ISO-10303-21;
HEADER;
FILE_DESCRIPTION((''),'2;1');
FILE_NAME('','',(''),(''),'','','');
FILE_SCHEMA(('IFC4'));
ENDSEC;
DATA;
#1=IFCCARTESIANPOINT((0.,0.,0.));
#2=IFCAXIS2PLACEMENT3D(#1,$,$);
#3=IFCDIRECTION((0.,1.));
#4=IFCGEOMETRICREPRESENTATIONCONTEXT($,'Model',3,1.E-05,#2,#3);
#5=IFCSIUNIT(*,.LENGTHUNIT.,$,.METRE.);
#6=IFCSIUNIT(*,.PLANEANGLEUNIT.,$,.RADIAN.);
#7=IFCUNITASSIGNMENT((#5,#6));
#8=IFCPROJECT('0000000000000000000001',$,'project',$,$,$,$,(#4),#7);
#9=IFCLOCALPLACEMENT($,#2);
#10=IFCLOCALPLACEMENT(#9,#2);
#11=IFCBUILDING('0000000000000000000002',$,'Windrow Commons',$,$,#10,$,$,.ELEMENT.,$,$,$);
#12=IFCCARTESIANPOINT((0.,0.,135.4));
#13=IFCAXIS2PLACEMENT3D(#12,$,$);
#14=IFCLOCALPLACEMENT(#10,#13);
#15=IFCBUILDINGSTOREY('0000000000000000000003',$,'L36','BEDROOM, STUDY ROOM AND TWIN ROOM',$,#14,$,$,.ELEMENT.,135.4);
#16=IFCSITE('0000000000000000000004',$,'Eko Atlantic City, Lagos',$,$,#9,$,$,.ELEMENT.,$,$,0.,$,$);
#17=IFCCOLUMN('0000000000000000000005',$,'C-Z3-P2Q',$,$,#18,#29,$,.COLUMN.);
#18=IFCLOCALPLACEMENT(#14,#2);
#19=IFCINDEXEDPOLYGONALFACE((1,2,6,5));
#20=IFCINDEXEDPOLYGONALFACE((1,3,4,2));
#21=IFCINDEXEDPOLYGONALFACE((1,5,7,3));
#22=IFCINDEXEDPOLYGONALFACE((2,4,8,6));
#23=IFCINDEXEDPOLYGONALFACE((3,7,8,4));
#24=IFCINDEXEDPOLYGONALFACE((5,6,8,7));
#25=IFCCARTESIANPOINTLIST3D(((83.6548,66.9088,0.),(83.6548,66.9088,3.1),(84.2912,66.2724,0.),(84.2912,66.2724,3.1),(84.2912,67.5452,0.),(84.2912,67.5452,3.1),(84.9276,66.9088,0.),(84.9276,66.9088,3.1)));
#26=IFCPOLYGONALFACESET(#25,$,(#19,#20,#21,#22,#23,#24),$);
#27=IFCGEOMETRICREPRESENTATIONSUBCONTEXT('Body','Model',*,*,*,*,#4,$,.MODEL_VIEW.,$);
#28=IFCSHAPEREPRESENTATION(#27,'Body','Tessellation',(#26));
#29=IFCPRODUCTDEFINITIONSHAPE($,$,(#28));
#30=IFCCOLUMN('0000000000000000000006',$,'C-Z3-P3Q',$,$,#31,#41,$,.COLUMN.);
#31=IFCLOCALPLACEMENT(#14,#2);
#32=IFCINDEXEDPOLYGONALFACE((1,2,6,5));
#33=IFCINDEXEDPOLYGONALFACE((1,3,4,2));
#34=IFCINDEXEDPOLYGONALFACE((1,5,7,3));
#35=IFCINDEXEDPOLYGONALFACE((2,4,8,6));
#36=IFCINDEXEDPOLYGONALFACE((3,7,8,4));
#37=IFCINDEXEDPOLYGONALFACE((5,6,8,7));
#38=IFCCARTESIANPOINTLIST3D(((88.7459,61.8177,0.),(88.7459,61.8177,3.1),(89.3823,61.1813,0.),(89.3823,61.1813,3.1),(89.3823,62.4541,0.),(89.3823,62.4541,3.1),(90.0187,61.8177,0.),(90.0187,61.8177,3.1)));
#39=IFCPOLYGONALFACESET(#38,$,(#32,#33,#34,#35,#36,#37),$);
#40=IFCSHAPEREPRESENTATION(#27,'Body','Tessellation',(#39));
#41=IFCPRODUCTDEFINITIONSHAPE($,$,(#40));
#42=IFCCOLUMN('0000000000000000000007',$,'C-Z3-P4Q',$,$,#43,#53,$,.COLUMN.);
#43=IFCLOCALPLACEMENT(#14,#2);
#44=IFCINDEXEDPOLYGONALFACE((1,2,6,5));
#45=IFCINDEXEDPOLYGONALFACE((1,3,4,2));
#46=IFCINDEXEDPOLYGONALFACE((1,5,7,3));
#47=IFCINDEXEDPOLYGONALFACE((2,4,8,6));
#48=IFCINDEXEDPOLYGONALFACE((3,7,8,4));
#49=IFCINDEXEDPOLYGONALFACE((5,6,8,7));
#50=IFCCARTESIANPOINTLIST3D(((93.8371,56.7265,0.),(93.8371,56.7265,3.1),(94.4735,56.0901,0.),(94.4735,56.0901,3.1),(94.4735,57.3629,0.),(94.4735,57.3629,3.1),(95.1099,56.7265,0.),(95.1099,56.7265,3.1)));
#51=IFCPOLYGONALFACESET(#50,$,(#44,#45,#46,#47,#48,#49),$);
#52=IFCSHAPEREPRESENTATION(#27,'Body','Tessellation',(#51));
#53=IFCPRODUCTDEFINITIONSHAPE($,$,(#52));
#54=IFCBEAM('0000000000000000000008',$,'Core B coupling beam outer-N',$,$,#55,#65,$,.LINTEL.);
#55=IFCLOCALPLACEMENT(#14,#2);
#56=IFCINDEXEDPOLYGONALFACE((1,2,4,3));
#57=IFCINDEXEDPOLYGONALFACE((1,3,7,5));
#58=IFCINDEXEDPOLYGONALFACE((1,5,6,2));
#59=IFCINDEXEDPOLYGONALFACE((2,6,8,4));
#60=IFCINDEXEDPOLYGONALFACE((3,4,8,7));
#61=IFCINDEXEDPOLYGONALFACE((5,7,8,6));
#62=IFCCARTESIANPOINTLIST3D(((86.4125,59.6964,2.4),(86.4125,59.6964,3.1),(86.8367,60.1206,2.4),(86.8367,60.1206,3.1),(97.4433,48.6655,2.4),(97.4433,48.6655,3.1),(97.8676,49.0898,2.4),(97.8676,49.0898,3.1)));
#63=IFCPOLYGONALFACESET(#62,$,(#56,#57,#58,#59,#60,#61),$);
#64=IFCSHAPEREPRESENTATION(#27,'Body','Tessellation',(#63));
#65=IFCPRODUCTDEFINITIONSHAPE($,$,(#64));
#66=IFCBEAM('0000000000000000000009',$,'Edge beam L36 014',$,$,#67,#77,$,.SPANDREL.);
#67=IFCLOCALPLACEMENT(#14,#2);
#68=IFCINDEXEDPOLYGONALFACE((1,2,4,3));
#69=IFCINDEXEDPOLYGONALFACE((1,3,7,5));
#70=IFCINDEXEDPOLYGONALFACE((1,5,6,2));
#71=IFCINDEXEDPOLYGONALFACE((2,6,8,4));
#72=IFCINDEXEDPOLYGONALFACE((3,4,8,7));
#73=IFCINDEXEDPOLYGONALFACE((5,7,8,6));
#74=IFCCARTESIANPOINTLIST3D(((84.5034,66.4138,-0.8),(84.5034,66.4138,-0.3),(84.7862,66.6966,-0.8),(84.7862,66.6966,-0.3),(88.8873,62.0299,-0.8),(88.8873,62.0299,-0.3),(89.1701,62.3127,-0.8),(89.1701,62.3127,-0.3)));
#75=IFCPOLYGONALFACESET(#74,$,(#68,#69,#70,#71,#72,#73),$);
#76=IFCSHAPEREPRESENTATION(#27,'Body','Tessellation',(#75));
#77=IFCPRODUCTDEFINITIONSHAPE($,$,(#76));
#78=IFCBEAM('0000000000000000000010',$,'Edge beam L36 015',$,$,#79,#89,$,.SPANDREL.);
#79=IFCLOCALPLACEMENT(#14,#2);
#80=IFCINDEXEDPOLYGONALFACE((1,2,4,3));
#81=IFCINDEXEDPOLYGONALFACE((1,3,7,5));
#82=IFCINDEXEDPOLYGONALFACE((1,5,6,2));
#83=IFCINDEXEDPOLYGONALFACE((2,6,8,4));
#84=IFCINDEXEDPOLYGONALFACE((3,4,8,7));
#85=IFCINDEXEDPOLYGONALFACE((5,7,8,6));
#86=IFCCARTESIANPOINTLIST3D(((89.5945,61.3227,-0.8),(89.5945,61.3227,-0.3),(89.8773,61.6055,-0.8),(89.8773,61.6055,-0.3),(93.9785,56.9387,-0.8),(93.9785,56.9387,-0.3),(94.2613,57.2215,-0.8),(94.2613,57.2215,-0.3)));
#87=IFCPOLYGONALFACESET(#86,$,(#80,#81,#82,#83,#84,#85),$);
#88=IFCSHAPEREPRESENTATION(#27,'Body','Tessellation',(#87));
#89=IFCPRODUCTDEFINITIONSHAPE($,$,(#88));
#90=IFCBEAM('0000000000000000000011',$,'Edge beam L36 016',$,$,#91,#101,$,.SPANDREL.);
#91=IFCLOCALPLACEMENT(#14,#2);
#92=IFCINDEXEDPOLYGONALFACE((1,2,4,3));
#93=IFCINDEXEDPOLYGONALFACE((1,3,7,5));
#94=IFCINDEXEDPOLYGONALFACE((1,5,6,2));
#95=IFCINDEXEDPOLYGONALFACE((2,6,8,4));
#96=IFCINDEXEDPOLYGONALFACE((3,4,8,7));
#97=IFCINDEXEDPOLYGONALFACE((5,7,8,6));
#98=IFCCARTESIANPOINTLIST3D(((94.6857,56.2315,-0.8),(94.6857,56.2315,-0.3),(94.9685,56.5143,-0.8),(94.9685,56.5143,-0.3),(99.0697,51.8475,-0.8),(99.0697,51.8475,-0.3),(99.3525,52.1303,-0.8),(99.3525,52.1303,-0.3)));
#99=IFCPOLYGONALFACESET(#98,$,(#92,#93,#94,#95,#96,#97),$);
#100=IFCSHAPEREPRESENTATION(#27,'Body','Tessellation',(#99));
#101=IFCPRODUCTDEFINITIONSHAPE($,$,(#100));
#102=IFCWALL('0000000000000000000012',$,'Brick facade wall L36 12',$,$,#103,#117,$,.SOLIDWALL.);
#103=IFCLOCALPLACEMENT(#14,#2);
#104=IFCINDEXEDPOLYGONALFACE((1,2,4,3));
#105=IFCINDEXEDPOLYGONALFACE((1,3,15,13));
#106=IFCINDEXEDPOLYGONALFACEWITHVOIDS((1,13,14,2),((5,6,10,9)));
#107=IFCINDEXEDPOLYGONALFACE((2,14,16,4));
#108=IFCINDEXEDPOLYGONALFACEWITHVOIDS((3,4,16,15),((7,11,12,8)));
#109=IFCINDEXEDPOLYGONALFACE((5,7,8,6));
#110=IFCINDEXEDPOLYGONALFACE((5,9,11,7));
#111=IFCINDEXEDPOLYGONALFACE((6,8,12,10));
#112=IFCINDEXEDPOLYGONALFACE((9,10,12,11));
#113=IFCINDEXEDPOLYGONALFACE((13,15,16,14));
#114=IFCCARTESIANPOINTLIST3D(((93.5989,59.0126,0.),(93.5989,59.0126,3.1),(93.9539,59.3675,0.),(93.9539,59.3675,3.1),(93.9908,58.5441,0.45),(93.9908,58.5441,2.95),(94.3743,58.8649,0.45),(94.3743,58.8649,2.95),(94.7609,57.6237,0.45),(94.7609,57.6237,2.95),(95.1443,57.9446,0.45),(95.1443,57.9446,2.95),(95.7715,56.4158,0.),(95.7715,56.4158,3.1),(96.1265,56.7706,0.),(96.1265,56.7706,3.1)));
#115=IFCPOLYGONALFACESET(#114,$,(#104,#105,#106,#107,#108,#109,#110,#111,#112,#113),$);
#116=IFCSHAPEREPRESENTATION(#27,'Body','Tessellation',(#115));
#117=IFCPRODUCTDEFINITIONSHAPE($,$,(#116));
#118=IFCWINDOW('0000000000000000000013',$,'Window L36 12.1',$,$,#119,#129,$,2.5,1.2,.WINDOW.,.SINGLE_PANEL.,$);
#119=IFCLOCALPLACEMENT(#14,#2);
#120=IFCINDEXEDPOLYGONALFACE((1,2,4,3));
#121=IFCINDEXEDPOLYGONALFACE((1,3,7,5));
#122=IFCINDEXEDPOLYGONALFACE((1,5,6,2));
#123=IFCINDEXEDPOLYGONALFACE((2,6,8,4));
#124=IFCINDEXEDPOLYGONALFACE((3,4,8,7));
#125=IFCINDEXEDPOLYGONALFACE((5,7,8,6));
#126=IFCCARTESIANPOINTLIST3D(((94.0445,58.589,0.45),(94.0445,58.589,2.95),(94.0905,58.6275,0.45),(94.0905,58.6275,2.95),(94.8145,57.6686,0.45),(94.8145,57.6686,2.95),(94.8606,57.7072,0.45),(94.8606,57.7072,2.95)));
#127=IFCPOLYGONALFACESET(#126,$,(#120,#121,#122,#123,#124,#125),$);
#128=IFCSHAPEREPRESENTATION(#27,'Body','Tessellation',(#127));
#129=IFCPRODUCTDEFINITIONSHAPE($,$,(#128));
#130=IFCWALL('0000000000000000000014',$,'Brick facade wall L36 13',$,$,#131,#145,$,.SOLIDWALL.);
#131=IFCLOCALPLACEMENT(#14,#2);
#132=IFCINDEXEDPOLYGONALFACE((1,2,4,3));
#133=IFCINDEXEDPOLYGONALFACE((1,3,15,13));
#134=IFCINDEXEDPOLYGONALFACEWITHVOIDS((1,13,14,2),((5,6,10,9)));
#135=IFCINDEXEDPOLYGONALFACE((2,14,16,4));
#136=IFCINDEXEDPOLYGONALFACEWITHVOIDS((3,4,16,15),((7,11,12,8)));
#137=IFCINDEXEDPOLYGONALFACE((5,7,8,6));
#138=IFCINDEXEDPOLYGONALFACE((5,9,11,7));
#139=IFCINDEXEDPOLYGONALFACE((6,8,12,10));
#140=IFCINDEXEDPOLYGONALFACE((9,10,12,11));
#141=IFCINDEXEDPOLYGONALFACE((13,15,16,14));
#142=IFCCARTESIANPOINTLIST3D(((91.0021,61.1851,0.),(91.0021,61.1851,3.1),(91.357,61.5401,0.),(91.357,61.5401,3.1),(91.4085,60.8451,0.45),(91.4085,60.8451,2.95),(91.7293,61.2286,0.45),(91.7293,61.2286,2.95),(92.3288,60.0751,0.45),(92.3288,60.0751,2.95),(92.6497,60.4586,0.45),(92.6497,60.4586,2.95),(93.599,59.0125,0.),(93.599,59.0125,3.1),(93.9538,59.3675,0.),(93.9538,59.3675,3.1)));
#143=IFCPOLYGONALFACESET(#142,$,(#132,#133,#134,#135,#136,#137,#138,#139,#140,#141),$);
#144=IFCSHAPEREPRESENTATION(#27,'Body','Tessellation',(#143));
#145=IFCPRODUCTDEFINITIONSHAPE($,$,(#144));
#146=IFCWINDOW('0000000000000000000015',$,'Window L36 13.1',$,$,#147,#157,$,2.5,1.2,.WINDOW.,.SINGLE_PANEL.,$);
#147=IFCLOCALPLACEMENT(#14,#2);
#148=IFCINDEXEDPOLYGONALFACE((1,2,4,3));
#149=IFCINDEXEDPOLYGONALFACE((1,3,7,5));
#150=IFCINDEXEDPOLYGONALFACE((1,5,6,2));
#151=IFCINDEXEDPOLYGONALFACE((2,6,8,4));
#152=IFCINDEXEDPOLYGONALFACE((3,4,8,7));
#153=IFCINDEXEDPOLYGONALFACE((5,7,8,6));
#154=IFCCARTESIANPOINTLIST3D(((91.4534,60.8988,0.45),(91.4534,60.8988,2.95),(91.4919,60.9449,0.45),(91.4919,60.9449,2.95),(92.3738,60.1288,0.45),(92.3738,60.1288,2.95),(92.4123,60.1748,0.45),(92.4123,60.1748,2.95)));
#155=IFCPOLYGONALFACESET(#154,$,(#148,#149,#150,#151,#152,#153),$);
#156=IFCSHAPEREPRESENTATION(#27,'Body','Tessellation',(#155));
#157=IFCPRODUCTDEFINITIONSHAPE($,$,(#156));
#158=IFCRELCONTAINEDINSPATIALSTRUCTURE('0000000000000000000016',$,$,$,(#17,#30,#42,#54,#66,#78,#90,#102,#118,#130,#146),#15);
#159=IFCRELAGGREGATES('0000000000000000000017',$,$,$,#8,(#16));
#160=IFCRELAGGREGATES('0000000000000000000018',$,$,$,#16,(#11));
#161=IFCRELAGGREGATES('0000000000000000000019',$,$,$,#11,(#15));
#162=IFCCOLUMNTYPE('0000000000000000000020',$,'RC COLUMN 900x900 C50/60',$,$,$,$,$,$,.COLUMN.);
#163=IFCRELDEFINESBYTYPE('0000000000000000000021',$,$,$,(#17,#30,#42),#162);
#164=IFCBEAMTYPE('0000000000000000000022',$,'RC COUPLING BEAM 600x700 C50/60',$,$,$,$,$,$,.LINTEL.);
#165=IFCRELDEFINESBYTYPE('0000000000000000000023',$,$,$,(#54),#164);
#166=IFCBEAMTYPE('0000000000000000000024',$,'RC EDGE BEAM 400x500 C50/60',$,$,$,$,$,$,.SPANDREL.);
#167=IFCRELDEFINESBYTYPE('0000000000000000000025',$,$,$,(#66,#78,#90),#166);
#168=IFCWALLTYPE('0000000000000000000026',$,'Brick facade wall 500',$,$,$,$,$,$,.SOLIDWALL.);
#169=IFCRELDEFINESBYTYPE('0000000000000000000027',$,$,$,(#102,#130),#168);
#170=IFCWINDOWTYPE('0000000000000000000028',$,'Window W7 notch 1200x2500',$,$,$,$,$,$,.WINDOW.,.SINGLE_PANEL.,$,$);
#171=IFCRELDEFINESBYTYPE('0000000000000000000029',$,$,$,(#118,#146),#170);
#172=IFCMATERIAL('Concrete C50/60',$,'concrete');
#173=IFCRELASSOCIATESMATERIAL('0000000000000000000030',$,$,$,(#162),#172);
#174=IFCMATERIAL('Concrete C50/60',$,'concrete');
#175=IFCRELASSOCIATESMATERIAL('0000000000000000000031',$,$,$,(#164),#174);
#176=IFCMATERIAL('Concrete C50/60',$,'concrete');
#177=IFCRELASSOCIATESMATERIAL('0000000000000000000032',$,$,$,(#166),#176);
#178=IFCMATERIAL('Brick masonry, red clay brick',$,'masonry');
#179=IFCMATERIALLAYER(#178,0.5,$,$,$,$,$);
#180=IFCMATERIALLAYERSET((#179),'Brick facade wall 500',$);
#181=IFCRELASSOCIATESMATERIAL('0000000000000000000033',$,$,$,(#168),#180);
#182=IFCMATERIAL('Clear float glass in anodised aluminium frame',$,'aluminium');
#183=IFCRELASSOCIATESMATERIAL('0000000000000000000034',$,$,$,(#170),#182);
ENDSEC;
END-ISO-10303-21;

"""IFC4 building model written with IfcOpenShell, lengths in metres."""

from ifc_helpers import new_model, si_unit, direction, frame, frame_2d, origin, origin_2d, place, context, subcontext, project, spatial, polyline, rectangle, outline, extrude, material, layer, layer_set, material_profile, profile_set, type_object, element, fill, save


model = new_model("IFC4")

# Units and contexts
model_context = context("Model", 3, precision=1e-05, world=origin(), true_north=direction((0.0, 1.0)))
body_context = subcontext(model_context, "Body", "Model", "MODEL_VIEW")
ifc_project = project(units=[si_unit("LENGTHUNIT", "METRE"), si_unit("PLANEANGLEUNIT", "RADIAN")], contexts=[model_context])

# Site, building, storey
site_placement = place(None, origin())
site = spatial("IfcSite", under=ifc_project, at=site_placement, Name="Eko Atlantic City, Lagos", CompositionType="ELEMENT", RefElevation=0.0)
building_placement = place(site_placement, origin())
building = spatial("IfcBuilding", under=site, at=building_placement, Name="Windrow Commons", CompositionType="ELEMENT")
storey_placement = place(building_placement, frame((0.0, 0.0, 135.4)))
storey = spatial("IfcBuildingStorey", under=building, at=storey_placement, Name="L36", Description="BEDROOM, STUDY ROOM AND TWIN ROOM", CompositionType="ELEMENT", Elevation=135.4)

# Columns
ifc_material_1 = material(Name="Concrete C50/60", Category="concrete")
ifc_material_profile_1 = material_profile(ifc_material_1, rectangle(XDim=0.9, YDim=0.9, at=origin_2d()))
ifc_profile_set_1 = profile_set([ifc_material_profile_1], Name="Concrete C50/60")
column_type = type_object("IfcColumnType", Name="RC COLUMN 900x900 C50/60", PredefinedType="COLUMN", material=ifc_profile_set_1)
for number, where, z_axis, x_axis, name in (
    (1, (84.2912, 66.9088, 0.0), (0.0, 0.0, 1.0), (0.707107, -0.707107, 0.0), "C-Z3-P2Q"),
    (2, (89.3823, 61.8177, 0.0), (0.0, 0.0, 1.0), (0.707107, -0.707107, 0.0), "C-Z3-P3Q"),
    (3, (94.4735, 56.7265, 0.0), (0.0, 0.0, 1.0), (0.707107, -0.707107, 0.0), "C-Z3-P4Q"),
):
    element("IfcColumn", number, at=place(storey_placement, frame(where, z_axis=z_axis, x_axis=x_axis)), inside=storey, type_object=column_type, Name=name, PredefinedType="COLUMN", context=body_context, shape_type="SweptSolid", body=[
        extrude(rectangle(XDim=0.9, YDim=0.9, at=origin_2d()), origin(), (0.0, 0.0, 1.0), 3.1),
    ])

# Beams
ifc_material_2 = material(Name="Concrete C50/60", Category="concrete")
ifc_material_profile_2 = material_profile(ifc_material_2, rectangle(XDim=0.6, YDim=0.7, at=origin_2d()))
ifc_profile_set_2 = profile_set([ifc_material_profile_2], Name="Concrete C50/60")
beam_type_1 = type_object("IfcBeamType", Name="RC COUPLING BEAM 600x700 C50/60", PredefinedType="LINTEL", material=ifc_profile_set_2)
beam_1_placement = place(storey_placement, frame((86.6246, 59.9085, 2.75), z_axis=(0.707107, -0.707107, 0.0), x_axis=(0.707107, 0.707107, 0.0)))
element("IfcBeam", 4, at=beam_1_placement, inside=storey, type_object=beam_type_1, Name="Core B coupling beam outer-N", PredefinedType="LINTEL", context=body_context, shape_type="SweptSolid", body=[
    extrude(rectangle(XDim=0.6, YDim=0.7, at=origin_2d()), origin(), (0.0, 0.0, 1.0), 15.6),
])
ifc_material_3 = material(Name="Concrete C50/60", Category="concrete")
ifc_material_profile_3 = material_profile(ifc_material_3, rectangle(XDim=0.4, YDim=0.5, at=origin_2d()))
ifc_profile_set_3 = profile_set([ifc_material_profile_3], Name="Concrete C50/60")
beam_type_2 = type_object("IfcBeamType", Name="RC EDGE BEAM 400x500 C50/60", PredefinedType="SPANDREL", material=ifc_profile_set_3)
beam_2_placement = place(storey_placement, frame((84.6448, 66.5552, -0.55), z_axis=(0.707107, -0.707107, 0.0), x_axis=(0.707107, 0.707107, 0.0)))
element("IfcBeam", 5, at=beam_2_placement, inside=storey, type_object=beam_type_2, Name="Edge beam L36 014", PredefinedType="SPANDREL", context=body_context, shape_type="SweptSolid", body=[
    extrude(rectangle(XDim=0.4, YDim=0.5, at=origin_2d()), origin(), (0.0, 0.0, 1.0), 6.1998),
])
for number, where, z_axis, x_axis, name in (
    (6, (89.7359, 61.4641, -0.55), (0.707107, -0.707107, 0.0), (0.707107, 0.707107, 0.0), "Edge beam L36 015"),
    (7, (94.8271, 56.3729, -0.55), (0.707107, -0.707107, 0.0), (0.707107, 0.707107, 0.0), "Edge beam L36 016"),
):
    element("IfcBeam", number, at=place(storey_placement, frame(where, z_axis=z_axis, x_axis=x_axis)), inside=storey, type_object=beam_type_2, Name=name, PredefinedType="SPANDREL", context=body_context, shape_type="SweptSolid", body=[
        extrude(rectangle(XDim=0.4, YDim=0.5, at=origin_2d()), origin(), (0.0, 0.0, 1.0), 6.1999),
    ])

# Walls, openings, windows
ifc_material_4 = material(Name="Brick masonry, red clay brick", Category="masonry")
ifc_layer_1 = layer(ifc_material_4, 0.5)
ifc_layer_set_1 = layer_set([ifc_layer_1], Name="Brick facade wall 500")
wall_type_1 = type_object("IfcWallType", Name="Brick facade wall 500", PredefinedType="SOLIDWALL", material=ifc_layer_set_1)
wall_1_placement = place(storey_placement, frame((95.949, 56.5932, 0.0), z_axis=(0.0, 0.0, 1.0), x_axis=(-0.641682, 0.766971, 0.0)))
wall_1 = element("IfcWall", 8, at=wall_1_placement, inside=storey, type_object=wall_type_1, Name="Brick facade wall L36 12", PredefinedType="SOLIDWALL", context=body_context, shape_type="SweptSolid", body=[
    extrude(outline(polyline([(0.0222, -0.25), (3.408, -0.25), (3.3636, 0.25), (-0.0222, 0.25), (0.0222, -0.25)])), origin(), (0.0, 0.0, 1.0), 3.1),
])
opening_1_placement = place(wall_1_placement, frame((1.5528, 0.0, 0.45)))
opening_1 = element("IfcOpeningElement", 9, at=opening_1_placement, cuts=wall_1, PredefinedType="OPENING", context=body_context, shape_type="SweptSolid", body=[
    extrude(rectangle(XDim=1.2, YDim=2.5, at=frame_2d((0.6, 1.25))), frame((0.0, 0.26, 0.0), z_axis=(0.0, -1.0, 0.0), x_axis=(1.0, 0.0, 0.0)), (0.0, 0.0, 1.0), 0.52),
])
ifc_material_5 = material(Name="Clear float glass in anodised aluminium frame", Category="aluminium")
window_type = type_object("IfcWindowType", Name="Window W7 notch 1200x2500", PartitioningType="SINGLE_PANEL", PredefinedType="WINDOW", material=ifc_material_5)
window_1_placement = place(opening_1_placement, origin())
window_1 = element("IfcWindow", 10, at=window_1_placement, inside=storey, type_object=window_type, Name="Window L36 12.1", OverallHeight=2.5, OverallWidth=1.2, PartitioningType="SINGLE_PANEL", PredefinedType="WINDOW", context=body_context, shape_type="SweptSolid", body=[
    extrude(rectangle(XDim=1.2, YDim=2.5, at=frame_2d((0.6, 1.25))), frame((0.0, 0.18, 0.0), z_axis=(0.0, -1.0, 0.0), x_axis=(1.0, 0.0, 0.0)), (0.0, 0.0, 1.0), 0.06),
])
fill(opening_1, window_1)
wall_2_placement = place(storey_placement, frame((93.7764, 59.19, 0.0), z_axis=(0.0, 0.0, 1.0), x_axis=(-0.766971, 0.641682, 0.0)))
wall_2 = element("IfcWall", 11, at=wall_2_placement, inside=storey, type_object=wall_type_1, Name="Brick facade wall L36 13", PredefinedType="SOLIDWALL", context=body_context, shape_type="SweptSolid", body=[
    extrude(outline(polyline([(-0.0222, -0.25), (3.3636, -0.25), (3.408, 0.25), (0.0222, 0.25), (-0.0222, -0.25)])), origin(), (0.0, 0.0, 1.0), 3.1),
])
opening_2_placement = place(wall_2_placement, frame((1.6782, 0.0, 0.45)))
opening_2 = element("IfcOpeningElement", 12, at=opening_2_placement, cuts=wall_2, PredefinedType="OPENING", context=body_context, shape_type="SweptSolid", body=[
    extrude(rectangle(XDim=1.2, YDim=2.5, at=frame_2d((0.6, 1.25))), frame((0.0, 0.26, 0.0), z_axis=(0.0, -1.0, 0.0), x_axis=(1.0, 0.0, 0.0)), (0.0, 0.0, 1.0), 0.52),
])
window_2_placement = place(opening_2_placement, origin())
window_2 = element("IfcWindow", 13, at=window_2_placement, inside=storey, type_object=window_type, Name="Window L36 13.1", OverallHeight=2.5, OverallWidth=1.2, PartitioningType="SINGLE_PANEL", PredefinedType="WINDOW", context=body_context, shape_type="SweptSolid", body=[
    extrude(rectangle(XDim=1.2, YDim=2.5, at=frame_2d((0.6, 1.25))), frame((0.0, 0.18, 0.0), z_axis=(0.0, -1.0, 0.0), x_axis=(1.0, 0.0, 0.0)), (0.0, 0.0, 1.0), 0.06),
])
fill(opening_2, window_2)

save(model, "model.ifc")
